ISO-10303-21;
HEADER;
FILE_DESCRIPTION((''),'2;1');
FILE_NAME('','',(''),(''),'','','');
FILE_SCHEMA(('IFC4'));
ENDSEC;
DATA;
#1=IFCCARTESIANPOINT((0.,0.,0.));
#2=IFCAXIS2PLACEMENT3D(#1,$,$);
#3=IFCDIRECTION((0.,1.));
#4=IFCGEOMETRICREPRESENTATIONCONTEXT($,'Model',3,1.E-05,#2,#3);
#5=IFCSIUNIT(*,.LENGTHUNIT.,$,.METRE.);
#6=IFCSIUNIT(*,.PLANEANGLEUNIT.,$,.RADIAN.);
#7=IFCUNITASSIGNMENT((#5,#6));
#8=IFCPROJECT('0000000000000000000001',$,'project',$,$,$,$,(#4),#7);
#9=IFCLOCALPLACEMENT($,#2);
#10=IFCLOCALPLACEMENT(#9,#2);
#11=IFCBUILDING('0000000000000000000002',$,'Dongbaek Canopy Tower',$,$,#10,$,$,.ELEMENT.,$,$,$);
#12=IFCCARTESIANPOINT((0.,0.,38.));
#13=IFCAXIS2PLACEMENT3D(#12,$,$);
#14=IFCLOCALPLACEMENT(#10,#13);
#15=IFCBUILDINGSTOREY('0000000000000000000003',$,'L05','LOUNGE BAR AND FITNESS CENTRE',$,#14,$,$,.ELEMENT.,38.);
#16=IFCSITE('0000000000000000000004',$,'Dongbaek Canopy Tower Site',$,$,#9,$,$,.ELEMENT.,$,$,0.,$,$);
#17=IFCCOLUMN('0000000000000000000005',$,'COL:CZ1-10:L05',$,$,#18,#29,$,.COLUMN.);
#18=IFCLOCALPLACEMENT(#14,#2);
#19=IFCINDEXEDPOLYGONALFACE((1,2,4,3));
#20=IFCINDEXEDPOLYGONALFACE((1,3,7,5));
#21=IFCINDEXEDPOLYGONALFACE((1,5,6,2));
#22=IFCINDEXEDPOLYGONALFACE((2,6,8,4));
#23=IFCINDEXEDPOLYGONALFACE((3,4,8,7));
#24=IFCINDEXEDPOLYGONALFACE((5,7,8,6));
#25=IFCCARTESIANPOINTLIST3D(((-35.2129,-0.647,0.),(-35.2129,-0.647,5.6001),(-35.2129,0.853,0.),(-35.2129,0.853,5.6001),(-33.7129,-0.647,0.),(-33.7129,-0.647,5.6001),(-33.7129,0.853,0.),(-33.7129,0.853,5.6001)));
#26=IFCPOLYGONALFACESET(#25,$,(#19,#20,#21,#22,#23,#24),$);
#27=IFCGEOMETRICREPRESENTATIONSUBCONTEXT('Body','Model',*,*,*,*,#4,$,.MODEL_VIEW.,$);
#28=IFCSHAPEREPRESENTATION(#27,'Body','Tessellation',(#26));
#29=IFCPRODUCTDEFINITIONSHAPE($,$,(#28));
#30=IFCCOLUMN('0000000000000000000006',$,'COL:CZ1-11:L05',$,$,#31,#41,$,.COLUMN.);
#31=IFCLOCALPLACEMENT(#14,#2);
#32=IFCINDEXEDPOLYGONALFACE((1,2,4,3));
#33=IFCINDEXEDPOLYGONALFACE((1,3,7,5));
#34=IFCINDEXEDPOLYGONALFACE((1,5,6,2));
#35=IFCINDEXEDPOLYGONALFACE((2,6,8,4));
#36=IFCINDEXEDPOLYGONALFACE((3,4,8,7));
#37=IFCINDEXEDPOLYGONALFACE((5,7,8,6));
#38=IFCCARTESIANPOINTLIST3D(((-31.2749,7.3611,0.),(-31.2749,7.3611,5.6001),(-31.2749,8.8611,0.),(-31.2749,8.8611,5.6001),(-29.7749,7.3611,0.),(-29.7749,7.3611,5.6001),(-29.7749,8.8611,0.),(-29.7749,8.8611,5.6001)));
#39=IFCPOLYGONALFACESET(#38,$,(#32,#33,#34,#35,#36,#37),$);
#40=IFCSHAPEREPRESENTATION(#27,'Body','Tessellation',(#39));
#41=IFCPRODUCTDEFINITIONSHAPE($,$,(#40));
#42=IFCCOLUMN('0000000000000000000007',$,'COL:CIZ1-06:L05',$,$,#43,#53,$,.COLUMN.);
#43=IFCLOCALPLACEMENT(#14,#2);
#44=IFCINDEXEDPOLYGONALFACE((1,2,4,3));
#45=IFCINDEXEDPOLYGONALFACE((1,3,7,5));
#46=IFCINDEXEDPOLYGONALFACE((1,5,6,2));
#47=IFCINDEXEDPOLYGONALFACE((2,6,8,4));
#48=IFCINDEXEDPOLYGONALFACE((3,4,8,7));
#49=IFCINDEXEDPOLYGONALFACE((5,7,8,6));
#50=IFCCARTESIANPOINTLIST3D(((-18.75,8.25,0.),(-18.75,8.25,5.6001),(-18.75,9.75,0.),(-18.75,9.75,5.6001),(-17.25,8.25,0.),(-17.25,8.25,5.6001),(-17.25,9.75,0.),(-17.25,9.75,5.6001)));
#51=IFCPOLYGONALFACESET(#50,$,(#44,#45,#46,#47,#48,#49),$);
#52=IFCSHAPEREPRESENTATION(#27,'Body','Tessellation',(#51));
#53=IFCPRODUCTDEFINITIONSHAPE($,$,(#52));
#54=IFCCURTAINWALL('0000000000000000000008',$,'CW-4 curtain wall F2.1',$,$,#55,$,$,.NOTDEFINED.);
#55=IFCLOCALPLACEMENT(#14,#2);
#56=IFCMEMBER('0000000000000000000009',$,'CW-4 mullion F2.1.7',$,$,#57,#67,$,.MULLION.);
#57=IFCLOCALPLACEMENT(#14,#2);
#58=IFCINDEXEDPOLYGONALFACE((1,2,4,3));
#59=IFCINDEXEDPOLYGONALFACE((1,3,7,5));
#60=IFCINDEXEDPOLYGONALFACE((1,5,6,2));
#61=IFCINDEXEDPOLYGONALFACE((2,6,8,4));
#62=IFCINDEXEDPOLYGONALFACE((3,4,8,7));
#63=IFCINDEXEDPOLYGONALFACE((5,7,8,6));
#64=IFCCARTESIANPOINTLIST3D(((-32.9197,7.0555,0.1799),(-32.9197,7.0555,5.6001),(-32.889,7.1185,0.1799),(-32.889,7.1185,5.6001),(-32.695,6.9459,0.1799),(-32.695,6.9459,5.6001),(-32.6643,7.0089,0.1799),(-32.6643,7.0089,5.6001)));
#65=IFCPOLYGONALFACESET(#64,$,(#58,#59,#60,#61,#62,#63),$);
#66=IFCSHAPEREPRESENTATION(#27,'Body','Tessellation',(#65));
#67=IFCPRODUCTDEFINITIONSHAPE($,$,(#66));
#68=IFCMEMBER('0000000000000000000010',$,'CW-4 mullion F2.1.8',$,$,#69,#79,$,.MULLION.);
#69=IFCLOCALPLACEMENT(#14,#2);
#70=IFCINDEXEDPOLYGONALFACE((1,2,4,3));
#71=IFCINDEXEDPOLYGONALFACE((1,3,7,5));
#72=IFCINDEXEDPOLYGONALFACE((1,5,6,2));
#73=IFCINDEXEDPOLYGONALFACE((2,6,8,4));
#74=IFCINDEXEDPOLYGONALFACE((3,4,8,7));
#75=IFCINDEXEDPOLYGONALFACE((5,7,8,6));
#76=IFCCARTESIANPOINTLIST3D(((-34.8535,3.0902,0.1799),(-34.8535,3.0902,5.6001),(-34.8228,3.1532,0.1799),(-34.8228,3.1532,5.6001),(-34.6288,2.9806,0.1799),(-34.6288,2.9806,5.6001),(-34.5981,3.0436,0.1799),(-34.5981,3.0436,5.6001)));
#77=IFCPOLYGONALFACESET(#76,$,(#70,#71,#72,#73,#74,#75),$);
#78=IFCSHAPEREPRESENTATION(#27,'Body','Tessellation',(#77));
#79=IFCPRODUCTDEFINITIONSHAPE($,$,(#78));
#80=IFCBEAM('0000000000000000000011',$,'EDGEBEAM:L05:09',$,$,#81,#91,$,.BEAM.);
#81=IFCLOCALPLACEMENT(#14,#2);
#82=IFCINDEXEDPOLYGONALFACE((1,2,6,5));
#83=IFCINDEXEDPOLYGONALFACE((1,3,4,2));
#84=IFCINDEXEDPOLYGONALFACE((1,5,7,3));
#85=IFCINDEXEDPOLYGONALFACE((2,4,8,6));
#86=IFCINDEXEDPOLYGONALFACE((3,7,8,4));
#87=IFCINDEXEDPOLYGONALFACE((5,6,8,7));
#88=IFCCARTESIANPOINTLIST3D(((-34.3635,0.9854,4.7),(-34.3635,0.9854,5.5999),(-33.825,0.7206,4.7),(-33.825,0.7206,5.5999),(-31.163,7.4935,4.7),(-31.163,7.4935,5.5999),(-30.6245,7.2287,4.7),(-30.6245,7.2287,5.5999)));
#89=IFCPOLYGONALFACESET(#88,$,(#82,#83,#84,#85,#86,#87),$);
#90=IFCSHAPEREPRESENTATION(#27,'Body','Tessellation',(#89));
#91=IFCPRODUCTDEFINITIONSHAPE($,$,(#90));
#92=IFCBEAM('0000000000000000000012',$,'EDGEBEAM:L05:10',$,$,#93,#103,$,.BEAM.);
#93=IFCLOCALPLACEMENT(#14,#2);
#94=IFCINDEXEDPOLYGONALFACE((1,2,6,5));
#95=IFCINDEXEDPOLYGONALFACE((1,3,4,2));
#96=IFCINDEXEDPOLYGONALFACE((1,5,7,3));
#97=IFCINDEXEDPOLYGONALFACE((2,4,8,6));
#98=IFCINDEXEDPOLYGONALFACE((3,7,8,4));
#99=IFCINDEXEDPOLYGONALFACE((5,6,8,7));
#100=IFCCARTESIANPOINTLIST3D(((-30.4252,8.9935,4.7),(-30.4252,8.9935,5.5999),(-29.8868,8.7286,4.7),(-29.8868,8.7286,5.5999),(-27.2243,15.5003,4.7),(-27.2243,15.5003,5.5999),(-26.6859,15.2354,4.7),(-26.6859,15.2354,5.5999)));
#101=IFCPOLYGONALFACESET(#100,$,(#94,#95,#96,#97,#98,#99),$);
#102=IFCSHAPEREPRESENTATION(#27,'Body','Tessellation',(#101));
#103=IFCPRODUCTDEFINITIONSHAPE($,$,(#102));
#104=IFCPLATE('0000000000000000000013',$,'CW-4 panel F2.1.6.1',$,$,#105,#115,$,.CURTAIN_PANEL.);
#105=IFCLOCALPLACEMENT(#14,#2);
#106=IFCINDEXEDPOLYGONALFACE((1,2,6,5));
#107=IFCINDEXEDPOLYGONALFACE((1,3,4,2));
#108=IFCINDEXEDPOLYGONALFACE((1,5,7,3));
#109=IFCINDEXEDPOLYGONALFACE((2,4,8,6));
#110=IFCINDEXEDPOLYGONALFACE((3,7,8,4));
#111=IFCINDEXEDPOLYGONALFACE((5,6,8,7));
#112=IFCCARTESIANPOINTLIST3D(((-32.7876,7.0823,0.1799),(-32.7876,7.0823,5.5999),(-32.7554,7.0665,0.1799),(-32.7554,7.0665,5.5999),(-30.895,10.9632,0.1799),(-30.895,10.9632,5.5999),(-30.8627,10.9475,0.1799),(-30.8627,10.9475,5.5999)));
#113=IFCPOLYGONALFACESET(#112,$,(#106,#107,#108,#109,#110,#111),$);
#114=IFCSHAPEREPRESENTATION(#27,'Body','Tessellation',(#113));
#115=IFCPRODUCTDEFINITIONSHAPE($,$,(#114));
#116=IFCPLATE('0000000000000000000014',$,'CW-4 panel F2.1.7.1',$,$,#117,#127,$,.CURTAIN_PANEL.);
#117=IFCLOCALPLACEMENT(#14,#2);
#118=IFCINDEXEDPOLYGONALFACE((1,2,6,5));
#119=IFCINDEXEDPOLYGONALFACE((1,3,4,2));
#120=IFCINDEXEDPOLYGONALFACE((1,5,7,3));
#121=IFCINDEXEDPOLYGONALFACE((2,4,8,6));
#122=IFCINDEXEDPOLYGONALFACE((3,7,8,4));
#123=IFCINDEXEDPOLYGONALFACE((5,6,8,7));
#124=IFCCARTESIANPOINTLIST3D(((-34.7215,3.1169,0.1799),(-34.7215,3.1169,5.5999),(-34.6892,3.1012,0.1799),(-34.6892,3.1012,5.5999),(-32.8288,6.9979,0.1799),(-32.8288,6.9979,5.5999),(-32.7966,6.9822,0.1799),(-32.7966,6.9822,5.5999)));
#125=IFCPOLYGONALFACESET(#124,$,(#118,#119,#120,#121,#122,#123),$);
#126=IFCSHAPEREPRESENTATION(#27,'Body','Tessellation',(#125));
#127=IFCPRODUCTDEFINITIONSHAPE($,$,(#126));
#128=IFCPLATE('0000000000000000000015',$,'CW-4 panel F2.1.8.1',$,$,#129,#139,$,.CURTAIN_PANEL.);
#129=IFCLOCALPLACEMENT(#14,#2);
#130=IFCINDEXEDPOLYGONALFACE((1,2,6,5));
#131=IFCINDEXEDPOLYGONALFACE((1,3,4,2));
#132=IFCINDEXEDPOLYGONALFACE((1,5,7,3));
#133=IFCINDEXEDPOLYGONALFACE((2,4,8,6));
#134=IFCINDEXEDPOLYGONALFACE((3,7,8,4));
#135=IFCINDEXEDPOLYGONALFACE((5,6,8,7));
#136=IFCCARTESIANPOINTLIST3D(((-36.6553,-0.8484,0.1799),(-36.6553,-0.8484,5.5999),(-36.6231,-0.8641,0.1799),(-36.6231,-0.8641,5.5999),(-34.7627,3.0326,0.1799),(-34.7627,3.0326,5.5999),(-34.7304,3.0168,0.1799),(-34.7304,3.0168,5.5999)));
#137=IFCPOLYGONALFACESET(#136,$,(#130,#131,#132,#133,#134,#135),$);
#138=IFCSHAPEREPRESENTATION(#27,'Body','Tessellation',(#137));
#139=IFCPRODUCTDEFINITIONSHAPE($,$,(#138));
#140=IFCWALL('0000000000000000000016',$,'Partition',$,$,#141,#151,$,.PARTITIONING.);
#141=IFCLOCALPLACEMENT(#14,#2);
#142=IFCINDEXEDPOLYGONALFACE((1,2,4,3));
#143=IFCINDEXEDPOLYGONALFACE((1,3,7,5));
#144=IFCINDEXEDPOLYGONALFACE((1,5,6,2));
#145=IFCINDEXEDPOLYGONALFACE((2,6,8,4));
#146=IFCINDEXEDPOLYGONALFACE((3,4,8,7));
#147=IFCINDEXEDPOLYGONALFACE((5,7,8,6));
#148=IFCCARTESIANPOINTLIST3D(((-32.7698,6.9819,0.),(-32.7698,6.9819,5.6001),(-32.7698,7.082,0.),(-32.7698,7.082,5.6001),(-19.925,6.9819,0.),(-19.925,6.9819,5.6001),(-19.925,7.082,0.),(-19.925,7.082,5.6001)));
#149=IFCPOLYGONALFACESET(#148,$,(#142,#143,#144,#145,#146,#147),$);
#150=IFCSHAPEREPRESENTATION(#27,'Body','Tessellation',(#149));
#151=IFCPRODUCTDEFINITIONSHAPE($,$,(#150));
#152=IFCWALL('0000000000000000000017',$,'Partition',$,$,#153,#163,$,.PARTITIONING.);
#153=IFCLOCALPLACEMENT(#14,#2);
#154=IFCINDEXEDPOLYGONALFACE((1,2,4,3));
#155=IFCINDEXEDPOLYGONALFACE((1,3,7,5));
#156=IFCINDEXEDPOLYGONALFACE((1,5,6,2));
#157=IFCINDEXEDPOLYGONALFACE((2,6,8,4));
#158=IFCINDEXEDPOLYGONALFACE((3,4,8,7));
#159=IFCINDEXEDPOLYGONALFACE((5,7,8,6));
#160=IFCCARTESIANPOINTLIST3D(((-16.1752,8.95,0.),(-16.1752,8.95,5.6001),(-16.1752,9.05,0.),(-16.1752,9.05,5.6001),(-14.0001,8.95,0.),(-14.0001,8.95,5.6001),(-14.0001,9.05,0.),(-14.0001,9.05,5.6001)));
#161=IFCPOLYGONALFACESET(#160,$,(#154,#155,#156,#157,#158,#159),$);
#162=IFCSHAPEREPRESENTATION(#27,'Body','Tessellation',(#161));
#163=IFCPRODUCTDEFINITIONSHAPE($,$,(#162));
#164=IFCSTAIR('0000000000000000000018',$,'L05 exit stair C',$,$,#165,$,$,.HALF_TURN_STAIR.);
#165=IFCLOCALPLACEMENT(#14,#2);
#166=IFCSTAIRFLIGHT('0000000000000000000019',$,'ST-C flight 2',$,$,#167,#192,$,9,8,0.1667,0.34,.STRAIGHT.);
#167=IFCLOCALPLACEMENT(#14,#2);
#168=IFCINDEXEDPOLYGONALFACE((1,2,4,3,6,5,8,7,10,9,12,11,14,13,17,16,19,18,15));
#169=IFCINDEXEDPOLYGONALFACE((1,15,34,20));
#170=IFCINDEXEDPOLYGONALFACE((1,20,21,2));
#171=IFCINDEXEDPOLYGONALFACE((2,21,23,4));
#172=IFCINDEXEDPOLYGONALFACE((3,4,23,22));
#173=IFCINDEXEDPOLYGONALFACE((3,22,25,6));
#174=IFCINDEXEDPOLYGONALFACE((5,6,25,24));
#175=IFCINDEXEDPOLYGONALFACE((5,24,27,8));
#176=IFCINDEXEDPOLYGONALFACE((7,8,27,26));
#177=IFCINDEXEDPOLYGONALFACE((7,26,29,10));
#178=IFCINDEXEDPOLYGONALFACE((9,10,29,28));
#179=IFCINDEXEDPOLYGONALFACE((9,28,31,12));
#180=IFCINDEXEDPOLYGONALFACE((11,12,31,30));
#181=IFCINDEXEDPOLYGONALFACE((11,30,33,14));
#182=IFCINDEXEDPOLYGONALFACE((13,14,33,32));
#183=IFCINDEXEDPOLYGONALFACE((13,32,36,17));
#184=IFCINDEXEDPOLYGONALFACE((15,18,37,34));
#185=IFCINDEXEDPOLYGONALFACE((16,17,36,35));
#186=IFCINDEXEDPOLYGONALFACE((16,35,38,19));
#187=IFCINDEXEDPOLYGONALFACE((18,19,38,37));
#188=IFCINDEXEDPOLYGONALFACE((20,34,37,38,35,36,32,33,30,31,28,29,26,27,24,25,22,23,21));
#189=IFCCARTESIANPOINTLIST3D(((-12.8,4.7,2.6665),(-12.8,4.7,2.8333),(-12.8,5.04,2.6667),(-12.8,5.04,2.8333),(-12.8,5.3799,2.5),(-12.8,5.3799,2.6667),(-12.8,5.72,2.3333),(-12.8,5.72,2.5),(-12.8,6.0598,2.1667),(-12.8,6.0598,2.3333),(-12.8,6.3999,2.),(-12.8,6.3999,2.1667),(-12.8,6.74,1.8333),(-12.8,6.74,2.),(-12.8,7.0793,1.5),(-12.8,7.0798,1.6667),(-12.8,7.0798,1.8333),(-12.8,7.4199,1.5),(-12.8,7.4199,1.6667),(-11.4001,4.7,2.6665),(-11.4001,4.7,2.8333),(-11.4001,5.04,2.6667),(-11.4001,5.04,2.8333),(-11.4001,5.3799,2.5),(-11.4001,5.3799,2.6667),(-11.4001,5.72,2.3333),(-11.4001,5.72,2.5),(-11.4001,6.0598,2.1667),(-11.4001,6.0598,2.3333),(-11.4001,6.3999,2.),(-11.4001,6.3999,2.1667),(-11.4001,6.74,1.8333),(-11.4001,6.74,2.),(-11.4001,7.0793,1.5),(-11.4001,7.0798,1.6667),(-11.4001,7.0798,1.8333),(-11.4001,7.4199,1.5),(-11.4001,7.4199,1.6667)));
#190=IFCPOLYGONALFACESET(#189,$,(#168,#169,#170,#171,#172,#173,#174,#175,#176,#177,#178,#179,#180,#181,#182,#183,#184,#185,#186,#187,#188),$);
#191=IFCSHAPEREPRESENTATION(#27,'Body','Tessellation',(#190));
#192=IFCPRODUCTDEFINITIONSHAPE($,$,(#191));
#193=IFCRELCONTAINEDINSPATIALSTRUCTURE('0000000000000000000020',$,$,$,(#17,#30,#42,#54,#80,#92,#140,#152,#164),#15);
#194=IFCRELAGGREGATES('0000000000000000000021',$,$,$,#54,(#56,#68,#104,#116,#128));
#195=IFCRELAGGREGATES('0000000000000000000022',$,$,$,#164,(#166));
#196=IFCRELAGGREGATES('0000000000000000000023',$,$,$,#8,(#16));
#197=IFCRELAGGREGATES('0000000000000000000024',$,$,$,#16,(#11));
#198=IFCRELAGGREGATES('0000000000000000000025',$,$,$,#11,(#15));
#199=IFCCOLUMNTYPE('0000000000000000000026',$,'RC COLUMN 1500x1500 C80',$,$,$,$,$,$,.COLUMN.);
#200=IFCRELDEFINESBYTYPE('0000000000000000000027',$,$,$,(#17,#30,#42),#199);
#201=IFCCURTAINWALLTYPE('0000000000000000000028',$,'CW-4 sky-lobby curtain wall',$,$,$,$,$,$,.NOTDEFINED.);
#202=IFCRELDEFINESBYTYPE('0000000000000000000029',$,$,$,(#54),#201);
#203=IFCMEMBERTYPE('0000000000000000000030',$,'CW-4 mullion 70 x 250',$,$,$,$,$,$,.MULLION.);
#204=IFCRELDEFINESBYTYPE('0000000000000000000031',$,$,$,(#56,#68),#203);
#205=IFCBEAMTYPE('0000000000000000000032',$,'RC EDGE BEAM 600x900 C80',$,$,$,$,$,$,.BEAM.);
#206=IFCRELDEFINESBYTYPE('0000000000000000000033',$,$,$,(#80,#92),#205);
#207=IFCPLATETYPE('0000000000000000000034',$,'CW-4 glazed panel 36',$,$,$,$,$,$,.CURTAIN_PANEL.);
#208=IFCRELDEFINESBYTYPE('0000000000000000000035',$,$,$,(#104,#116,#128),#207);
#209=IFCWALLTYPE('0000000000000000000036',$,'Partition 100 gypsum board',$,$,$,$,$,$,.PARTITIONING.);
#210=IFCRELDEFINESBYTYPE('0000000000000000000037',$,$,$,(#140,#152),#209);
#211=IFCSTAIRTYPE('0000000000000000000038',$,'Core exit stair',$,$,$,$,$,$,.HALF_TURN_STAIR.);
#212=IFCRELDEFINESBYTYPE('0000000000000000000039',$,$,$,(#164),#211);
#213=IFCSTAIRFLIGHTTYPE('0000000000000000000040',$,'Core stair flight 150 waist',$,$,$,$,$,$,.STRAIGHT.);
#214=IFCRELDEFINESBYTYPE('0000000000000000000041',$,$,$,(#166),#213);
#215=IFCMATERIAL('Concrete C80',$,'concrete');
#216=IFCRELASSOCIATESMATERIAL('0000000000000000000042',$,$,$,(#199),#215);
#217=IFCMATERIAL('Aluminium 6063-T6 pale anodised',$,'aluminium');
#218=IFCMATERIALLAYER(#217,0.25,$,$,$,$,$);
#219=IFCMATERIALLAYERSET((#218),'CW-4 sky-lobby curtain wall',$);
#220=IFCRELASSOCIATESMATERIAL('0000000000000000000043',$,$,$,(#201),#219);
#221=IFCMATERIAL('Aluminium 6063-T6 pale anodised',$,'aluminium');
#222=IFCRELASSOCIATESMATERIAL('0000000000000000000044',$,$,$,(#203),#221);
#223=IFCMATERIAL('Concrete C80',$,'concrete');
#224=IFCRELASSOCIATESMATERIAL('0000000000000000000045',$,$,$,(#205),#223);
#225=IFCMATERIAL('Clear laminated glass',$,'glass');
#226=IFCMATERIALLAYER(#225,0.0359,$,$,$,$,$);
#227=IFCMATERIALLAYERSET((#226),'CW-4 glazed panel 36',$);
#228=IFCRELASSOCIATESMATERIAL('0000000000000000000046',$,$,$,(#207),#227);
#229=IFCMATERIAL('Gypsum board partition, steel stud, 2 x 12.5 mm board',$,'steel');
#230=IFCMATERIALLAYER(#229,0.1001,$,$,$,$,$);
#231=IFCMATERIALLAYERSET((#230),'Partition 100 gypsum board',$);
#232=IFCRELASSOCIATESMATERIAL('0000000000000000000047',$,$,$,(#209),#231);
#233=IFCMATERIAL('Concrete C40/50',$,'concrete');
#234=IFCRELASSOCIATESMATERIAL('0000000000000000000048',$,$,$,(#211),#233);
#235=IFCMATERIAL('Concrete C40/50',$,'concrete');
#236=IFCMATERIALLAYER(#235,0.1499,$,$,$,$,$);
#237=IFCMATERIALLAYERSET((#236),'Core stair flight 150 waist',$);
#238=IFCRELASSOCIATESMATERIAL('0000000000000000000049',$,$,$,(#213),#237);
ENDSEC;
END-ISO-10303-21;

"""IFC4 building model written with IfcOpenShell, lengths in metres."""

from ifc_helpers import new_model, si_unit, direction, frame, frame_2d, origin, origin_2d, place, context, subcontext, project, spatial, polyline, rectangle, outline, extrude, material, layer, layer_set, material_profile, profile_set, type_object, element, aggregate, save


model = new_model("IFC4")

# Units and contexts
model_context = context("Model", 3, precision=1e-05, world=origin(), true_north=direction((0.0, 1.0)))
body_context = subcontext(model_context, "Body", "Model", "MODEL_VIEW")
ifc_project = project(units=[si_unit("LENGTHUNIT", "METRE"), si_unit("PLANEANGLEUNIT", "RADIAN")], contexts=[model_context])

# Site, building, storey
site_placement = place(None, origin())
site = spatial("IfcSite", under=ifc_project, at=site_placement, Name="Dongbaek Canopy Tower Site", CompositionType="ELEMENT", RefElevation=0.0)
building_placement = place(site_placement, origin())
building = spatial("IfcBuilding", under=site, at=building_placement, Name="Dongbaek Canopy Tower", CompositionType="ELEMENT")
storey_placement = place(building_placement, frame((0.0, 0.0, 38.0)))
storey = spatial("IfcBuildingStorey", under=building, at=storey_placement, Name="L05", Description="LOUNGE BAR AND FITNESS CENTRE", CompositionType="ELEMENT", Elevation=38.0)

# Columns
ifc_material_1 = material(Name="Concrete C80", Category="concrete")
ifc_material_profile_1 = material_profile(ifc_material_1, rectangle(XDim=1.5, YDim=1.5, at=origin_2d()), Name="RC COLUMN 1500x1500 C80")
ifc_profile_set_1 = profile_set([ifc_material_profile_1], Name="Concrete C80")
column_type = type_object("IfcColumnType", Name="RC COLUMN 1500x1500 C80", PredefinedType="COLUMN", material=ifc_profile_set_1)
for number, where, z_axis, x_axis, name in (
    (1, (-34.4629, 0.103, 0.0), (0.0, 0.0, 1.0), (1.0, 0.0, 0.0), "COL:CZ1-10:L05"),
    (2, (-30.5249, 8.1111, 0.0), (0.0, 0.0, 1.0), (1.0, 0.0, 0.0), "COL:CZ1-11:L05"),
    (3, (-18.0, 9.0, 0.0), (0.0, 0.0, 1.0), (1.0, 0.0, 0.0), "COL:CIZ1-06:L05"),
):
    element("IfcColumn", number, at=place(storey_placement, frame(where, z_axis=z_axis, x_axis=x_axis)), inside=storey, type_object=column_type, Name=name, PredefinedType="COLUMN", context=body_context, shape_type="SweptSolid", body=[
        extrude(rectangle(XDim=1.5, YDim=1.5, at=origin_2d()), origin(), (0.0, 0.0, 1.0), 5.6001),
    ])

# Curtain wall, members
ifc_material_2 = material(Name="Aluminium 6063-T6 pale anodised", Category="aluminium")
ifc_layer_1 = layer(ifc_material_2, 0.25)
ifc_layer_set_1 = layer_set([ifc_layer_1], Name="CW-4 sky-lobby curtain wall")
curtain_wall_type = type_object("IfcCurtainWallType", Name="CW-4 sky-lobby curtain wall", PredefinedType="NOTDEFINED", material=ifc_layer_set_1)
curtain_wall_placement = place(storey_placement, origin())
curtain_wall = element("IfcCurtainWall", 4, at=curtain_wall_placement, inside=storey, type_object=curtain_wall_type, Name="CW-4 curtain wall F2.1", PredefinedType="NOTDEFINED")
ifc_material_3 = material(Name="Aluminium 6063-T6 pale anodised", Category="aluminium")
ifc_material_profile_2 = material_profile(ifc_material_3, rectangle(XDim=0.25, YDim=0.0701, at=origin_2d()), Name="CW-4 mullion 70 x 250")
ifc_profile_set_2 = profile_set([ifc_material_profile_2], Name="Aluminium 6063-T6 pale anodised")
member_type = type_object("IfcMemberType", Name="CW-4 mullion 70 x 250", PredefinedType="MULLION", material=ifc_profile_set_2)
member_1_placement = place(storey_placement, frame((-32.792, 7.0322, 0.1799), z_axis=(0.0, 0.0, 1.0), x_axis=(-0.898815, 0.438328, 0.0)))
member_1 = element("IfcMember", 5, at=member_1_placement, type_object=member_type, Name="CW-4 mullion F2.1.7", PredefinedType="MULLION", context=body_context, shape_type="SweptSolid", body=[
    extrude(rectangle(XDim=0.25, YDim=0.0701, at=origin_2d()), origin(), (0.0, 0.0, 1.0), 5.4202),
])
member_2_placement = place(storey_placement, frame((-34.7258, 3.0669, 0.1799), z_axis=(0.0, 0.0, 1.0), x_axis=(-0.898815, 0.438328, 0.0)))
member_2 = element("IfcMember", 6, at=member_2_placement, type_object=member_type, Name="CW-4 mullion F2.1.8", PredefinedType="MULLION", context=body_context, shape_type="SweptSolid", body=[
    extrude(rectangle(XDim=0.25, YDim=0.0701, at=origin_2d()), origin(), (0.0, 0.0, 1.0), 5.4202),
])

# Beams
ifc_material_4 = material(Name="Concrete C80", Category="concrete")
ifc_material_profile_3 = material_profile(ifc_material_4, rectangle(XDim=0.6001, YDim=0.8999, at=origin_2d()), Name="RC EDGE BEAM 600x900 C80")
ifc_profile_set_3 = profile_set([ifc_material_profile_3], Name="Concrete C80")
beam_type = type_object("IfcBeamType", Name="RC EDGE BEAM 600x900 C80", PredefinedType="BEAM", material=ifc_profile_set_3)
beam_1_placement = place(storey_placement, frame((-34.0942, 0.853, 5.1499), z_axis=(0.441293, 0.897363, 0.0), x_axis=(-0.897363, 0.441293, 0.0)))
element("IfcBeam", 7, at=beam_1_placement, inside=storey, type_object=beam_type, Name="EDGEBEAM:L05:09", PredefinedType="BEAM", context=body_context, shape_type="SweptSolid", body=[
    extrude(rectangle(XDim=0.6001, YDim=0.8999, at=origin_2d()), origin(), (0.0, 0.0, 1.0), 7.2524),
])
beam_2_placement = place(storey_placement, frame((-30.156, 8.8611, 5.1499), z_axis=(0.441413, 0.897304, 0.0), x_axis=(-0.897304, 0.441413, 0.0)))
element("IfcBeam", 8, at=beam_2_placement, inside=storey, type_object=beam_type, Name="EDGEBEAM:L05:10", PredefinedType="BEAM", context=body_context, shape_type="SweptSolid", body=[
    extrude(rectangle(XDim=0.6001, YDim=0.8999, at=origin_2d()), origin(), (0.0, 0.0, 1.0), 7.2515),
])

# Plates
ifc_material_5 = material(Name="Clear laminated glass", Category="glass")
ifc_layer_2 = layer(ifc_material_5, 0.0359)
ifc_layer_set_2 = layer_set([ifc_layer_2], Name="CW-4 glazed panel 36")
plate_type = type_object("IfcPlateType", Name="CW-4 glazed panel 36", PredefinedType="CURTAIN_PANEL", material=ifc_layer_set_2)
plate_1_placement = place(storey_placement, frame((-31.8252, 9.0149, 0.1799), z_axis=(0.0, 0.0, 1.0), x_axis=(-0.438328, -0.898815, 0.0)))
plate_1 = element("IfcPlate", 9, at=plate_1_placement, type_object=plate_type, Name="CW-4 panel F2.1.6.1", PredefinedType="CURTAIN_PANEL", context=body_context, shape_type="SweptSolid", body=[
    extrude(rectangle(XDim=4.3179, YDim=0.0359, at=origin_2d()), origin(), (0.0, 0.0, 1.0), 5.4199),
])
plate_2_placement = place(storey_placement, frame((-33.759, 5.0496, 0.1799), z_axis=(0.0, 0.0, 1.0), x_axis=(-0.438328, -0.898815, 0.0)))
plate_2 = element("IfcPlate", 10, at=plate_2_placement, type_object=plate_type, Name="CW-4 panel F2.1.7.1", PredefinedType="CURTAIN_PANEL", context=body_context, shape_type="SweptSolid", body=[
    extrude(rectangle(XDim=4.3179, YDim=0.0359, at=origin_2d()), origin(), (0.0, 0.0, 1.0), 5.4199),
])
plate_3_placement = place(storey_placement, frame((-35.6929, 1.0842, 0.1799), z_axis=(0.0, 0.0, 1.0), x_axis=(-0.438328, -0.898815, 0.0)))
plate_3 = element("IfcPlate", 11, at=plate_3_placement, type_object=plate_type, Name="CW-4 panel F2.1.8.1", PredefinedType="CURTAIN_PANEL", context=body_context, shape_type="SweptSolid", body=[
    extrude(rectangle(XDim=4.3179, YDim=0.0359, at=origin_2d()), origin(), (0.0, 0.0, 1.0), 5.4199),
])
aggregate(curtain_wall, [member_1, member_2, plate_1, plate_2, plate_3])

# Walls
ifc_material_6 = material(Name="Gypsum board partition, steel stud, 2 x 12.5 mm board", Category="steel")
ifc_layer_3 = layer(ifc_material_6, 0.1001)
ifc_layer_set_3 = layer_set([ifc_layer_3], Name="Partition 100 gypsum board")
wall_type = type_object("IfcWallType", Name="Partition 100 gypsum board", PredefinedType="PARTITIONING", material=ifc_layer_set_3)
wall_1_placement = place(storey_placement, frame((-32.7698, 7.032, 0.0), z_axis=(0.0, 0.0, 1.0), x_axis=(1.0, 0.0, 0.0)))
element("IfcWall", 12, at=wall_1_placement, inside=storey, type_object=wall_type, Name="Partition", PredefinedType="PARTITIONING", context=body_context, shape_type="SweptSolid", body=[
    extrude(rectangle(XDim=12.8447, YDim=0.1001, at=frame_2d((6.4224, 0.0))), origin(), (0.0, 0.0, 1.0), 5.6001),
])
wall_2_placement = place(storey_placement, frame((-16.175, 9.0, 0.0), z_axis=(0.0, 0.0, 1.0), x_axis=(1.0, 0.0, 0.0)))
element("IfcWall", 13, at=wall_2_placement, inside=storey, type_object=wall_type, Name="Partition", PredefinedType="PARTITIONING", context=body_context, shape_type="SweptSolid", body=[
    extrude(rectangle(XDim=2.175, YDim=0.1001, at=frame_2d((1.0874, 0.0))), origin(), (0.0, 0.0, 1.0), 5.6001),
])

# Stair, stair flight
ifc_material_7 = material(Name="Concrete C40/50", Category="concrete")
stair_type = type_object("IfcStairType", Name="Core exit stair", PredefinedType="HALF_TURN_STAIR", material=ifc_material_7)
stair_placement = place(storey_placement, origin())
stair = element("IfcStair", 14, at=stair_placement, inside=storey, type_object=stair_type, Name="L05 exit stair C", PredefinedType="HALF_TURN_STAIR")
ifc_material_8 = material(Name="Concrete C40/50", Category="concrete")
ifc_layer_4 = layer(ifc_material_8, 0.1499)
ifc_layer_set_4 = layer_set([ifc_layer_4], Name="Core stair flight 150 waist")
stair_flight_type = type_object("IfcStairFlightType", Name="Core stair flight 150 waist", PredefinedType="STRAIGHT", material=ifc_layer_set_4)
stair_flight_1_placement = place(storey_placement, frame((-12.1001, 7.4199, 1.5), z_axis=(0.0, 0.0, 1.0), x_axis=(0.0, -1.0, 0.0)))
stair_flight_1 = element("IfcStairFlight", 15, at=stair_flight_1_placement, type_object=stair_flight_type, Name="ST-C flight 2", NumberOfRisers=9, NumberOfTreads=8, PredefinedType="STRAIGHT", RiserHeight=0.1667, TreadLength=0.34, context=body_context, shape_type="SweptSolid", body=[
    extrude(outline(polyline([(0.0, 0.0), (0.0, 0.1667), (0.3401, 0.1667), (0.3401, 0.3333), (0.6799, 0.3333), (0.6799, 0.5), (1.02, 0.5), (1.02, 0.6667), (1.3601, 0.6667), (1.3601, 0.8333), (1.7, 0.8333), (1.7, 1.0), (2.04, 1.0), (2.04, 1.1667), (2.3799, 1.1667), (2.3799, 1.3333), (2.72, 1.3333), (2.72, 1.5), (2.72, 1.1665), (0.3406, 0.0), (0.0, 0.0)])), frame((0.0, 0.7, 0.0), z_axis=(0.0, -1.0, 0.0), x_axis=(1.0, 0.0, 0.0)), (0.0, 0.0, 1.0), 1.3999),
])
aggregate(stair, [stair_flight_1])

save(model, "model.ifc")
